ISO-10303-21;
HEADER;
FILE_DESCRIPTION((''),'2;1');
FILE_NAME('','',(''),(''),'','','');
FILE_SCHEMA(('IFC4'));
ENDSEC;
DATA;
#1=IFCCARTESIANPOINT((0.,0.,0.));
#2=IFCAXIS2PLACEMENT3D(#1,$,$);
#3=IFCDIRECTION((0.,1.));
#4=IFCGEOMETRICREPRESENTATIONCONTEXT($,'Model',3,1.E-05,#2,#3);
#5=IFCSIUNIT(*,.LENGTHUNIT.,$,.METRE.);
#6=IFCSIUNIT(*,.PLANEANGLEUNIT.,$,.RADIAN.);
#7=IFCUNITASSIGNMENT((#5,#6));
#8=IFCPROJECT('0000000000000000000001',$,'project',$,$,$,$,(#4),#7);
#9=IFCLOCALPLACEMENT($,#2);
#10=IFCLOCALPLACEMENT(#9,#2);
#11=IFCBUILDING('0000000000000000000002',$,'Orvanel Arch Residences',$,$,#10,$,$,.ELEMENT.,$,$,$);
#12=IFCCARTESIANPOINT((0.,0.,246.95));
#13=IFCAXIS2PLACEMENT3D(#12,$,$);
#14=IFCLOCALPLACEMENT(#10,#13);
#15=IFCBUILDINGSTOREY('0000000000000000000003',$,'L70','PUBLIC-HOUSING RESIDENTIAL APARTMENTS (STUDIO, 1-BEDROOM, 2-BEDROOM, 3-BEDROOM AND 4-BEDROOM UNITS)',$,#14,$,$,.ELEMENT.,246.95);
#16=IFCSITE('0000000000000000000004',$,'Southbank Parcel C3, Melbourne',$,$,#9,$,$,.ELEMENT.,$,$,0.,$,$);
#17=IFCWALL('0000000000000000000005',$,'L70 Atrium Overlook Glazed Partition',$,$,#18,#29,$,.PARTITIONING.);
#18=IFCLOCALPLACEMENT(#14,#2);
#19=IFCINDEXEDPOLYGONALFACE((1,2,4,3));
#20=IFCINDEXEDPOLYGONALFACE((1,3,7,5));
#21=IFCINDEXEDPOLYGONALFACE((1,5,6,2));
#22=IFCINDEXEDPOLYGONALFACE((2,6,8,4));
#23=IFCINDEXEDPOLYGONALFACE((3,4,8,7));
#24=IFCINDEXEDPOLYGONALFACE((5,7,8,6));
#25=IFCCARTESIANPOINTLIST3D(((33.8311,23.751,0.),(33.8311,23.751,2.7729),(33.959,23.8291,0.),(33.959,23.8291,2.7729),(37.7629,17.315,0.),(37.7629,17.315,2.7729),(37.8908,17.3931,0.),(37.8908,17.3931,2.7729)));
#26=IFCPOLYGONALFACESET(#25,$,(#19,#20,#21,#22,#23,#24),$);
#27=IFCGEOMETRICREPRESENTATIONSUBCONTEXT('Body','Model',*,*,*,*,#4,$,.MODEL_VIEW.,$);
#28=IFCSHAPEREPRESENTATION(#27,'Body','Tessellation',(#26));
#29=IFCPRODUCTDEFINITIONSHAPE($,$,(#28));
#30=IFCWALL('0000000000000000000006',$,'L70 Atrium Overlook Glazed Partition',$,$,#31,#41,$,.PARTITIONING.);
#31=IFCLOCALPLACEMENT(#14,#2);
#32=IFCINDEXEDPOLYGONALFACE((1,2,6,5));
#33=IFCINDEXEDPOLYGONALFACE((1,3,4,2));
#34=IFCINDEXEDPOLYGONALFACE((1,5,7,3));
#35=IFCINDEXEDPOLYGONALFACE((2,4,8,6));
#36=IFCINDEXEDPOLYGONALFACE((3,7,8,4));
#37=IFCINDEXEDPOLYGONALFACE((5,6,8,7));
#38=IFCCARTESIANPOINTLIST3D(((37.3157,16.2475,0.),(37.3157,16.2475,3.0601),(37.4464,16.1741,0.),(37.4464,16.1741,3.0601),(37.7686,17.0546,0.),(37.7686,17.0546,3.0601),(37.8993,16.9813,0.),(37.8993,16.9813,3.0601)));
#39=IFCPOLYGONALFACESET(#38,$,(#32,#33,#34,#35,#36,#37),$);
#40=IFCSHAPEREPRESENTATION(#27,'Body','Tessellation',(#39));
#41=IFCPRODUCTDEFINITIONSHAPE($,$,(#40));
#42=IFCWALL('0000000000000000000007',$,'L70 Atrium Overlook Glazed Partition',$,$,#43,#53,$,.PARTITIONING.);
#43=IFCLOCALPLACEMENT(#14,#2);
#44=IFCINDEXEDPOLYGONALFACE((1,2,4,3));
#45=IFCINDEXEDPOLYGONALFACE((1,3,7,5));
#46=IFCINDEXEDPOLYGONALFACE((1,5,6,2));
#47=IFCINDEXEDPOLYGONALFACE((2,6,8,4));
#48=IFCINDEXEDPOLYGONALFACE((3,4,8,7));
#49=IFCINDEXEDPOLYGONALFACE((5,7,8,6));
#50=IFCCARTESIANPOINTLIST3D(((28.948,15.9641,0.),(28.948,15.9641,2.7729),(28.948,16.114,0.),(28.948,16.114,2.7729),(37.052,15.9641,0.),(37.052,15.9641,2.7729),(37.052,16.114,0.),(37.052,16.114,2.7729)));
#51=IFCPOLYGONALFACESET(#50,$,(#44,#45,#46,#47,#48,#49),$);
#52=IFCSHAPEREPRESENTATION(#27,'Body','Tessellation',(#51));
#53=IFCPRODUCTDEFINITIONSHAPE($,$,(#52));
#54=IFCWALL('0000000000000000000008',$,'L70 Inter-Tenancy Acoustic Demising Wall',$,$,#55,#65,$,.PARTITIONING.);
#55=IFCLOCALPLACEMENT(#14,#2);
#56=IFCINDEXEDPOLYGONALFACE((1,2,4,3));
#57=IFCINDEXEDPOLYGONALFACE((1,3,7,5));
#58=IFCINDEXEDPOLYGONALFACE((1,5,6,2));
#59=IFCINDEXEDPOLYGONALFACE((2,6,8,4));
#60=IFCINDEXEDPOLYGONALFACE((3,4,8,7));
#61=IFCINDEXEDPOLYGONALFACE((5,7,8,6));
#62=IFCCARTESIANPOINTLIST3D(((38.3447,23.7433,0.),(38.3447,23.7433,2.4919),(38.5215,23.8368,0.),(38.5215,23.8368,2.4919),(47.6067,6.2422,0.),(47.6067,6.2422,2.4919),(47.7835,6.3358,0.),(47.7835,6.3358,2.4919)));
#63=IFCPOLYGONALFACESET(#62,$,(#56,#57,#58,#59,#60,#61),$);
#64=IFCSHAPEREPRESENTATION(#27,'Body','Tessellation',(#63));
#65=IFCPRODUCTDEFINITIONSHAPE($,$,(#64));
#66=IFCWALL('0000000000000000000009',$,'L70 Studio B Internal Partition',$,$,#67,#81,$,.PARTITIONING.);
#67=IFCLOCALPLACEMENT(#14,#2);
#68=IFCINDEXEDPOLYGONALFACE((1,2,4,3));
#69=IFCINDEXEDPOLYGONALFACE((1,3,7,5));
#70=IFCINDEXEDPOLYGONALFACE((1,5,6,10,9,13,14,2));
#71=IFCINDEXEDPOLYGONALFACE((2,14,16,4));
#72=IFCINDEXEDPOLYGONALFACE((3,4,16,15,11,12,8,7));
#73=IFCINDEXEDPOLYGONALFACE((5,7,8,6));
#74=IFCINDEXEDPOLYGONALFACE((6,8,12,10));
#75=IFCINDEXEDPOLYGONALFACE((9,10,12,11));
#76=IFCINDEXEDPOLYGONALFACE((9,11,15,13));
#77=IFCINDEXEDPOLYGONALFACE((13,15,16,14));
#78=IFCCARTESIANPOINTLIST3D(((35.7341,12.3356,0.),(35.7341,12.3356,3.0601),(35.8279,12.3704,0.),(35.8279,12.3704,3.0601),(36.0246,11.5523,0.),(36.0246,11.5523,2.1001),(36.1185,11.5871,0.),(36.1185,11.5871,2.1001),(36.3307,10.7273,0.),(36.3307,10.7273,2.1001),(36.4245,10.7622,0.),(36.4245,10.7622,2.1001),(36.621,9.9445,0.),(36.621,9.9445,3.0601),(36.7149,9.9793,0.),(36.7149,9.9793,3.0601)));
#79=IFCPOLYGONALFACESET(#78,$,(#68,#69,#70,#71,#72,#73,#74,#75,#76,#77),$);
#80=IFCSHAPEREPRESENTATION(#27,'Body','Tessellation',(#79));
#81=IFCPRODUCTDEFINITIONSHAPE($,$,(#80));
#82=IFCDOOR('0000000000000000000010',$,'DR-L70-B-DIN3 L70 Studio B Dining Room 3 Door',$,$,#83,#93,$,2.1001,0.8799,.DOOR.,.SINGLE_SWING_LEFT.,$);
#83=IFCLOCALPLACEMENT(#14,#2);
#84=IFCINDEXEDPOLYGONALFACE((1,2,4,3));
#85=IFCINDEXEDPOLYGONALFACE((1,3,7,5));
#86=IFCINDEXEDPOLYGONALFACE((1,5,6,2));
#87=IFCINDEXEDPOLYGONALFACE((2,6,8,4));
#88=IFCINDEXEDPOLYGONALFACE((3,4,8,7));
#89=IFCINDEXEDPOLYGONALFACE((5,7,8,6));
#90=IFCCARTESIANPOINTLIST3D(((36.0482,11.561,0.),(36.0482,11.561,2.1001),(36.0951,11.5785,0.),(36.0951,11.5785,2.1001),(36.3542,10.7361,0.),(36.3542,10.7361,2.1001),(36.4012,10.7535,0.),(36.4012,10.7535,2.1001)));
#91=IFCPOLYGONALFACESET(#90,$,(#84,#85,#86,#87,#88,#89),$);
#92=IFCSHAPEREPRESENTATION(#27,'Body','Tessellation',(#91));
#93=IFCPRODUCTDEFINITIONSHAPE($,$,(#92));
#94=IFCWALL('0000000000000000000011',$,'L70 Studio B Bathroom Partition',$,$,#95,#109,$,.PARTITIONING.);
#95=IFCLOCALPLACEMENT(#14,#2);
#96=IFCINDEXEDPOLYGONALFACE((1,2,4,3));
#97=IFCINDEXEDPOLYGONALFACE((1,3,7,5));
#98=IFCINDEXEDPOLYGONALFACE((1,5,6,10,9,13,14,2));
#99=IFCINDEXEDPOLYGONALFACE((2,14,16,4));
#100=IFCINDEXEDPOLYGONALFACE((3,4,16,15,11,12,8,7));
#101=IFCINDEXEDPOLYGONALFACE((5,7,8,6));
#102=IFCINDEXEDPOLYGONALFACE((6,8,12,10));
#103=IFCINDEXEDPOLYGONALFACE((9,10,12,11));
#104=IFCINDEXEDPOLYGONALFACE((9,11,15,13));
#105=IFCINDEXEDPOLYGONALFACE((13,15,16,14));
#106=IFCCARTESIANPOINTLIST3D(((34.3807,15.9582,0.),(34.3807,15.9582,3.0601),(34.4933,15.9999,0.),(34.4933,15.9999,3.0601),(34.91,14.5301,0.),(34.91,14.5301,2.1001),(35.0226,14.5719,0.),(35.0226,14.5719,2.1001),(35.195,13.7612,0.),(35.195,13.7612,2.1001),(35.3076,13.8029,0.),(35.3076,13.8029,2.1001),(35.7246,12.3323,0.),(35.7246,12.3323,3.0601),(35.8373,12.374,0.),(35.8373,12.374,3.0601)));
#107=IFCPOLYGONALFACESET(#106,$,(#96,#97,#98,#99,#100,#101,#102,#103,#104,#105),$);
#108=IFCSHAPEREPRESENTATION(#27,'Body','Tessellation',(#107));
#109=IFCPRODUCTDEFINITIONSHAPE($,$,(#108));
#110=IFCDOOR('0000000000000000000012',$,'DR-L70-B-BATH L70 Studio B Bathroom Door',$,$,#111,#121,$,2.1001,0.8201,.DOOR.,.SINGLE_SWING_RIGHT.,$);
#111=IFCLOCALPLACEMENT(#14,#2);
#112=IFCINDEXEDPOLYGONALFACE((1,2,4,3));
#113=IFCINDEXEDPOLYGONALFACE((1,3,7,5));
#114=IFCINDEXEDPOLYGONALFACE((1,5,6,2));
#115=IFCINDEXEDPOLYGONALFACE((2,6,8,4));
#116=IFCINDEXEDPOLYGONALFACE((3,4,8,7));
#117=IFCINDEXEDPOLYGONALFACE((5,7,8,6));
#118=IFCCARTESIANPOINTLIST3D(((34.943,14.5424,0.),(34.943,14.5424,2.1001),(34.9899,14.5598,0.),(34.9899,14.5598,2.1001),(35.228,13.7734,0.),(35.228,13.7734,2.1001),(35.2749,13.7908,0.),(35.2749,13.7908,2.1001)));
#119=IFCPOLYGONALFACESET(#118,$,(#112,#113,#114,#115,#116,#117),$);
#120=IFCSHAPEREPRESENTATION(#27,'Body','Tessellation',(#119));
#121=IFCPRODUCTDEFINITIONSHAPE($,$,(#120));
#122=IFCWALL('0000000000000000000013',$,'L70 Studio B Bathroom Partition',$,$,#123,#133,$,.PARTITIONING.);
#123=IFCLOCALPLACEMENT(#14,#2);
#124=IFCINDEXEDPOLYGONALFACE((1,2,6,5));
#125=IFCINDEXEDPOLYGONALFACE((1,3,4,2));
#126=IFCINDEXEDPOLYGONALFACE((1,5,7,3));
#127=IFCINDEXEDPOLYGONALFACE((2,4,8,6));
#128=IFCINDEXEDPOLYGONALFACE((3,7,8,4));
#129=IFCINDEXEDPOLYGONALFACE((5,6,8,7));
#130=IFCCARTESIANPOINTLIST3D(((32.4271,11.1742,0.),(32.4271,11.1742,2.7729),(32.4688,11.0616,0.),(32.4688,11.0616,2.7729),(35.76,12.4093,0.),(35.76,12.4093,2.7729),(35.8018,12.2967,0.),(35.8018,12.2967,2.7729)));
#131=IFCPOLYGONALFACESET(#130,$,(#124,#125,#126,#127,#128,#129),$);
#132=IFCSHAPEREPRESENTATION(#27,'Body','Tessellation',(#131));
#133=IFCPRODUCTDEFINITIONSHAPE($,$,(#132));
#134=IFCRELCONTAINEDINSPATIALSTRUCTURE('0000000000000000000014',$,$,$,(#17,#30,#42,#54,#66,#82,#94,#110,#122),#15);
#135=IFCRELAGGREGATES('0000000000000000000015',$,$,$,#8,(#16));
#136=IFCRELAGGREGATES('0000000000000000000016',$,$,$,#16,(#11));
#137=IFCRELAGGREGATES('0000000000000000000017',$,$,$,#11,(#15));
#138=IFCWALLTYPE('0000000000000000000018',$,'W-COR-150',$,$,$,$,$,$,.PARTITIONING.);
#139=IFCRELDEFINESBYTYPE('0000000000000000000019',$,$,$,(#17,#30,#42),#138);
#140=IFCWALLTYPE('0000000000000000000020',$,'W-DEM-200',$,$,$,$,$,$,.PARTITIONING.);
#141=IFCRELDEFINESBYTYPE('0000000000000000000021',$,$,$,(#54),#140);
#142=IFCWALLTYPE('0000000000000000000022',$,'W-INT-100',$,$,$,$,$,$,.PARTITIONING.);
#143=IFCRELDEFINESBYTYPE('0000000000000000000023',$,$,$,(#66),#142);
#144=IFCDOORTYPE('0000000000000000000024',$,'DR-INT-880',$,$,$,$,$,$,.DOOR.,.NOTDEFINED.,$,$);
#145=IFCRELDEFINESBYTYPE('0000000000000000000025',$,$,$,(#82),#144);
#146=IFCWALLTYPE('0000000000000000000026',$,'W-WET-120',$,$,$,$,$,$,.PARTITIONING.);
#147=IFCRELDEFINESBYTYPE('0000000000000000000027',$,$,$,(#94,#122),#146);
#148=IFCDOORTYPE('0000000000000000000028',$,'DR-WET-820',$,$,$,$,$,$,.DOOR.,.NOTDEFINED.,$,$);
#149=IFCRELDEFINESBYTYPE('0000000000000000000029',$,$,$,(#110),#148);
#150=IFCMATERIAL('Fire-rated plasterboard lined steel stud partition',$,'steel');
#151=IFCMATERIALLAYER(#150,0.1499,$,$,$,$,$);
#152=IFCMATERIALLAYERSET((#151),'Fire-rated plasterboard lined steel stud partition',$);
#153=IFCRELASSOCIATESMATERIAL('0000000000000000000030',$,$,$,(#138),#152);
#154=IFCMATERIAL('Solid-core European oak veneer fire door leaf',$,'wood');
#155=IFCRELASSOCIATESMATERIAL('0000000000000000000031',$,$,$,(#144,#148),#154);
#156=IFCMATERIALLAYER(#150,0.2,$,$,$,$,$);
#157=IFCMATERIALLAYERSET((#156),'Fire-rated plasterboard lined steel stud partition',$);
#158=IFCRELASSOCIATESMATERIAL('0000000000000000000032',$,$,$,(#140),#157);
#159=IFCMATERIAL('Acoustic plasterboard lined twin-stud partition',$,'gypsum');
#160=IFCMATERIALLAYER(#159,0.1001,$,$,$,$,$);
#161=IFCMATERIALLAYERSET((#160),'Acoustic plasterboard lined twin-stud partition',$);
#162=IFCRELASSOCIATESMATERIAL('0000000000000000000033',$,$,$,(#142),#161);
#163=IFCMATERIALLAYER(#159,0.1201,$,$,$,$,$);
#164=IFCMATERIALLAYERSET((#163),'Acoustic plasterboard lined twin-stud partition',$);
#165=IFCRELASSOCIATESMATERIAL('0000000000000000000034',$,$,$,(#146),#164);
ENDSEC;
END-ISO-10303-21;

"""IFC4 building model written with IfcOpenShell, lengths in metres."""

from ifc_helpers import new_model, si_unit, direction, frame, frame_2d, origin, place, context, subcontext, project, spatial, rectangle, extrude, material, layer, layer_set, type_object, element, fill, save


model = new_model("IFC4")

# Units and contexts
model_context = context("Model", 3, precision=1e-05, world=origin(), true_north=direction((0.0, 1.0)))
body_context = subcontext(model_context, "Body", "Model", "MODEL_VIEW")
ifc_project = project(units=[si_unit("LENGTHUNIT", "METRE"), si_unit("PLANEANGLEUNIT", "RADIAN")], contexts=[model_context])

# Site, building, storey
site_placement = place(None, origin())
site = spatial("IfcSite", under=ifc_project, at=site_placement, Name="Southbank Parcel C3, Melbourne", CompositionType="ELEMENT", RefElevation=0.0)
building_placement = place(site_placement, origin())
building = spatial("IfcBuilding", under=site, at=building_placement, Name="Orvanel Arch Residences", CompositionType="ELEMENT")
storey_placement = place(building_placement, frame((0.0, 0.0, 246.95)))
storey = spatial("IfcBuildingStorey", under=building, at=storey_placement, Name="L70", Description="PUBLIC-HOUSING RESIDENTIAL APARTMENTS (STUDIO, 1-BEDROOM, 2-BEDROOM, 3-BEDROOM AND 4-BEDROOM UNITS)", CompositionType="ELEMENT", Elevation=246.95)

# Shared definitions
ifc_material_1 = material(Name="Fire-rated plasterboard lined steel stud partition", Category="steel")
ifc_layer_1 = layer(ifc_material_1, 0.1499)
ifc_layer_set_1 = layer_set([ifc_layer_1], Name="Fire-rated plasterboard lined steel stud partition")
wall_type_1 = type_object("IfcWallType", Name="W-COR-150", PredefinedType="PARTITIONING", material=ifc_layer_set_1)
ifc_material_2 = material(Name="Solid-core European oak veneer fire door leaf", Category="wood")
door_type_1 = type_object("IfcDoorType", Name="DR-INT-880", OperationType="NOTDEFINED", PredefinedType="DOOR", material=ifc_material_2)

# Shared definitions
door_type_2 = type_object("IfcDoorType", Name="DR-WET-820", OperationType="NOTDEFINED", PredefinedType="DOOR", material=ifc_material_2)

# Walls
wall_1_placement = place(storey_placement, frame((33.895, 23.79, 0.0), z_axis=(0.0, 0.0, 1.0), x_axis=(0.52133, -0.853355, 0.0)))
element("IfcWall", 1, at=wall_1_placement, inside=storey, type_object=wall_type_1, Name="L70 Atrium Overlook Glazed Partition", PredefinedType="PARTITIONING", context=body_context, shape_type="SweptSolid", body=[
    extrude(rectangle(XDim=7.542, YDim=0.1499, at=frame_2d((3.771, 0.0))), origin(), (0.0, 0.0, 1.0), 2.7729),
])
wall_2_placement = place(storey_placement, frame((37.834, 17.0181, 0.0), z_axis=(0.0, 0.0, 1.0), x_axis=(-0.489334, -0.872096, 0.0)))
element("IfcWall", 2, at=wall_2_placement, inside=storey, type_object=wall_type_1, Name="L70 Atrium Overlook Glazed Partition", PredefinedType="PARTITIONING", context=body_context, shape_type="SweptSolid", body=[
    extrude(rectangle(XDim=0.9255, YDim=0.1499, at=frame_2d((0.4629, 0.0))), origin(), (0.0, 0.0, 1.0), 3.0601),
])
wall_3_placement = place(storey_placement, frame((37.052, 16.0391, 0.0), z_axis=(0.0, 0.0, 1.0), x_axis=(-1.0, 0.0, 0.0)))
element("IfcWall", 3, at=wall_3_placement, inside=storey, type_object=wall_type_1, Name="L70 Atrium Overlook Glazed Partition", PredefinedType="PARTITIONING", context=body_context, shape_type="SweptSolid", body=[
    extrude(rectangle(XDim=8.104, YDim=0.1499, at=frame_2d((4.052, 0.0))), origin(), (0.0, 0.0, 1.0), 2.7729),
])
ifc_layer_2 = layer(ifc_material_1, 0.2)
ifc_layer_set_2 = layer_set([ifc_layer_2], Name="Fire-rated plasterboard lined steel stud partition")
wall_type_2 = type_object("IfcWallType", Name="W-DEM-200", PredefinedType="PARTITIONING", material=ifc_layer_set_2)
wall_4_placement = place(storey_placement, frame((38.4331, 23.79, 0.0), z_axis=(0.0, 0.0, 1.0), x_axis=(0.467759, -0.883856, 0.0)))
element("IfcWall", 4, at=wall_4_placement, inside=storey, type_object=wall_type_2, Name="L70 Inter-Tenancy Acoustic Demising Wall", PredefinedType="PARTITIONING", context=body_context, shape_type="SweptSolid", body=[
    extrude(rectangle(XDim=19.8008, YDim=0.2, at=frame_2d((9.9004, 0.0))), origin(), (0.0, 0.0, 1.0), 2.4919),
])

# Walls, openings, doors
ifc_material_3 = material(Name="Acoustic plasterboard lined twin-stud partition", Category="gypsum")
ifc_layer_3 = layer(ifc_material_3, 0.1001)
ifc_layer_set_3 = layer_set([ifc_layer_3], Name="Acoustic plasterboard lined twin-stud partition")
wall_type_3 = type_object("IfcWallType", Name="W-INT-100", PredefinedType="PARTITIONING", material=ifc_layer_set_3)
wall_5_placement = place(storey_placement, frame((36.668, 9.9619, 0.0), z_axis=(0.0, 0.0, 1.0), x_axis=(-0.347785, 0.937574, 0.0)))
wall_5 = element("IfcWall", 5, at=wall_5_placement, inside=storey, type_object=wall_type_3, Name="L70 Studio B Internal Partition", PredefinedType="PARTITIONING", context=body_context, shape_type="SweptSolid", body=[
    extrude(rectangle(XDim=2.5503, YDim=0.1001, at=frame_2d((1.2751, 0.0))), origin(), (0.0, 0.0, 1.0), 3.0601),
])
opening_1_placement = place(wall_5_placement, frame((0.835, 0.0, 0.0)))
opening_1 = element("IfcOpeningElement", 6, at=opening_1_placement, cuts=wall_5, PredefinedType="OPENING", context=body_context, shape_type="SweptSolid", body=[
    extrude(rectangle(XDim=0.8799, YDim=2.1001, at=frame_2d((0.4399, 1.05))), frame((0.0, 0.0601, 0.0), z_axis=(0.0, -1.0, 0.0), x_axis=(1.0, 0.0, 0.0)), (0.0, 0.0, 1.0), 0.1201),
])
door_1_placement = place(opening_1_placement, origin())
door_1 = element("IfcDoor", 7, at=door_1_placement, inside=storey, type_object=door_type_1, Name="DR-L70-B-DIN3 L70 Studio B Dining Room 3 Door", OperationType="SINGLE_SWING_LEFT", OverallHeight=2.1001, OverallWidth=0.8799, PredefinedType="DOOR", context=body_context, shape_type="SweptSolid", body=[
    extrude(rectangle(XDim=0.8799, YDim=2.1001, at=frame_2d((0.4399, 1.05))), frame((0.0, 0.0249, 0.0), z_axis=(0.0, -1.0, 0.0), x_axis=(1.0, 0.0, 0.0)), (0.0, 0.0, 1.0), 0.05),
])
fill(opening_1, door_1)
ifc_layer_4 = layer(ifc_material_3, 0.1201)
ifc_layer_set_4 = layer_set([ifc_layer_4], Name="Acoustic plasterboard lined twin-stud partition")
wall_type_4 = type_object("IfcWallType", Name="W-WET-120", PredefinedType="PARTITIONING", material=ifc_layer_set_4)
wall_6_placement = place(storey_placement, frame((35.781, 12.353, 0.0), z_axis=(0.0, 0.0, 1.0), x_axis=(-0.347551, 0.937661, 0.0)))
wall_6 = element("IfcWall", 8, at=wall_6_placement, inside=storey, type_object=wall_type_4, Name="L70 Studio B Bathroom Partition", PredefinedType="PARTITIONING", context=body_context, shape_type="SweptSolid", body=[
    extrude(rectangle(XDim=3.8669, YDim=0.1201, at=frame_2d((1.9336, 0.0))), origin(), (0.0, 0.0, 1.0), 3.0601),
])
opening_2_placement = place(wall_6_placement, frame((1.5239, 0.0, 0.0)))
opening_2 = element("IfcOpeningElement", 9, at=opening_2_placement, cuts=wall_6, PredefinedType="OPENING", context=body_context, shape_type="SweptSolid", body=[
    extrude(rectangle(XDim=0.8201, YDim=2.1001, at=frame_2d((0.4102, 1.05))), frame((0.0, 0.0701, 0.0), z_axis=(0.0, -1.0, 0.0), x_axis=(1.0, 0.0, 0.0)), (0.0, 0.0, 1.0), 0.1401),
])
door_2_placement = place(opening_2_placement, origin())
door_2 = element("IfcDoor", 10, at=door_2_placement, inside=storey, type_object=door_type_2, Name="DR-L70-B-BATH L70 Studio B Bathroom Door", OperationType="SINGLE_SWING_RIGHT", OverallHeight=2.1001, OverallWidth=0.8201, PredefinedType="DOOR", context=body_context, shape_type="SweptSolid", body=[
    extrude(rectangle(XDim=0.8201, YDim=2.1001, at=frame_2d((0.4102, 1.05))), frame((0.0, 0.0249, 0.0), z_axis=(0.0, -1.0, 0.0), x_axis=(1.0, 0.0, 0.0)), (0.0, 0.0, 1.0), 0.05),
])
fill(opening_2, door_2)

# Wall
wall_7_placement = place(storey_placement, frame((35.781, 12.353, 0.0), z_axis=(0.0, 0.0, 1.0), x_axis=(-0.937688, -0.347478, 0.0)))
element("IfcWall", 11, at=wall_7_placement, inside=storey, type_object=wall_type_4, Name="L70 Studio B Bathroom Partition", PredefinedType="PARTITIONING", context=body_context, shape_type="SweptSolid", body=[
    extrude(rectangle(XDim=3.5544, YDim=0.1201, at=frame_2d((1.7773, 0.0))), origin(), (0.0, 0.0, 1.0), 2.7729),
])

save(model, "model.ifc")
